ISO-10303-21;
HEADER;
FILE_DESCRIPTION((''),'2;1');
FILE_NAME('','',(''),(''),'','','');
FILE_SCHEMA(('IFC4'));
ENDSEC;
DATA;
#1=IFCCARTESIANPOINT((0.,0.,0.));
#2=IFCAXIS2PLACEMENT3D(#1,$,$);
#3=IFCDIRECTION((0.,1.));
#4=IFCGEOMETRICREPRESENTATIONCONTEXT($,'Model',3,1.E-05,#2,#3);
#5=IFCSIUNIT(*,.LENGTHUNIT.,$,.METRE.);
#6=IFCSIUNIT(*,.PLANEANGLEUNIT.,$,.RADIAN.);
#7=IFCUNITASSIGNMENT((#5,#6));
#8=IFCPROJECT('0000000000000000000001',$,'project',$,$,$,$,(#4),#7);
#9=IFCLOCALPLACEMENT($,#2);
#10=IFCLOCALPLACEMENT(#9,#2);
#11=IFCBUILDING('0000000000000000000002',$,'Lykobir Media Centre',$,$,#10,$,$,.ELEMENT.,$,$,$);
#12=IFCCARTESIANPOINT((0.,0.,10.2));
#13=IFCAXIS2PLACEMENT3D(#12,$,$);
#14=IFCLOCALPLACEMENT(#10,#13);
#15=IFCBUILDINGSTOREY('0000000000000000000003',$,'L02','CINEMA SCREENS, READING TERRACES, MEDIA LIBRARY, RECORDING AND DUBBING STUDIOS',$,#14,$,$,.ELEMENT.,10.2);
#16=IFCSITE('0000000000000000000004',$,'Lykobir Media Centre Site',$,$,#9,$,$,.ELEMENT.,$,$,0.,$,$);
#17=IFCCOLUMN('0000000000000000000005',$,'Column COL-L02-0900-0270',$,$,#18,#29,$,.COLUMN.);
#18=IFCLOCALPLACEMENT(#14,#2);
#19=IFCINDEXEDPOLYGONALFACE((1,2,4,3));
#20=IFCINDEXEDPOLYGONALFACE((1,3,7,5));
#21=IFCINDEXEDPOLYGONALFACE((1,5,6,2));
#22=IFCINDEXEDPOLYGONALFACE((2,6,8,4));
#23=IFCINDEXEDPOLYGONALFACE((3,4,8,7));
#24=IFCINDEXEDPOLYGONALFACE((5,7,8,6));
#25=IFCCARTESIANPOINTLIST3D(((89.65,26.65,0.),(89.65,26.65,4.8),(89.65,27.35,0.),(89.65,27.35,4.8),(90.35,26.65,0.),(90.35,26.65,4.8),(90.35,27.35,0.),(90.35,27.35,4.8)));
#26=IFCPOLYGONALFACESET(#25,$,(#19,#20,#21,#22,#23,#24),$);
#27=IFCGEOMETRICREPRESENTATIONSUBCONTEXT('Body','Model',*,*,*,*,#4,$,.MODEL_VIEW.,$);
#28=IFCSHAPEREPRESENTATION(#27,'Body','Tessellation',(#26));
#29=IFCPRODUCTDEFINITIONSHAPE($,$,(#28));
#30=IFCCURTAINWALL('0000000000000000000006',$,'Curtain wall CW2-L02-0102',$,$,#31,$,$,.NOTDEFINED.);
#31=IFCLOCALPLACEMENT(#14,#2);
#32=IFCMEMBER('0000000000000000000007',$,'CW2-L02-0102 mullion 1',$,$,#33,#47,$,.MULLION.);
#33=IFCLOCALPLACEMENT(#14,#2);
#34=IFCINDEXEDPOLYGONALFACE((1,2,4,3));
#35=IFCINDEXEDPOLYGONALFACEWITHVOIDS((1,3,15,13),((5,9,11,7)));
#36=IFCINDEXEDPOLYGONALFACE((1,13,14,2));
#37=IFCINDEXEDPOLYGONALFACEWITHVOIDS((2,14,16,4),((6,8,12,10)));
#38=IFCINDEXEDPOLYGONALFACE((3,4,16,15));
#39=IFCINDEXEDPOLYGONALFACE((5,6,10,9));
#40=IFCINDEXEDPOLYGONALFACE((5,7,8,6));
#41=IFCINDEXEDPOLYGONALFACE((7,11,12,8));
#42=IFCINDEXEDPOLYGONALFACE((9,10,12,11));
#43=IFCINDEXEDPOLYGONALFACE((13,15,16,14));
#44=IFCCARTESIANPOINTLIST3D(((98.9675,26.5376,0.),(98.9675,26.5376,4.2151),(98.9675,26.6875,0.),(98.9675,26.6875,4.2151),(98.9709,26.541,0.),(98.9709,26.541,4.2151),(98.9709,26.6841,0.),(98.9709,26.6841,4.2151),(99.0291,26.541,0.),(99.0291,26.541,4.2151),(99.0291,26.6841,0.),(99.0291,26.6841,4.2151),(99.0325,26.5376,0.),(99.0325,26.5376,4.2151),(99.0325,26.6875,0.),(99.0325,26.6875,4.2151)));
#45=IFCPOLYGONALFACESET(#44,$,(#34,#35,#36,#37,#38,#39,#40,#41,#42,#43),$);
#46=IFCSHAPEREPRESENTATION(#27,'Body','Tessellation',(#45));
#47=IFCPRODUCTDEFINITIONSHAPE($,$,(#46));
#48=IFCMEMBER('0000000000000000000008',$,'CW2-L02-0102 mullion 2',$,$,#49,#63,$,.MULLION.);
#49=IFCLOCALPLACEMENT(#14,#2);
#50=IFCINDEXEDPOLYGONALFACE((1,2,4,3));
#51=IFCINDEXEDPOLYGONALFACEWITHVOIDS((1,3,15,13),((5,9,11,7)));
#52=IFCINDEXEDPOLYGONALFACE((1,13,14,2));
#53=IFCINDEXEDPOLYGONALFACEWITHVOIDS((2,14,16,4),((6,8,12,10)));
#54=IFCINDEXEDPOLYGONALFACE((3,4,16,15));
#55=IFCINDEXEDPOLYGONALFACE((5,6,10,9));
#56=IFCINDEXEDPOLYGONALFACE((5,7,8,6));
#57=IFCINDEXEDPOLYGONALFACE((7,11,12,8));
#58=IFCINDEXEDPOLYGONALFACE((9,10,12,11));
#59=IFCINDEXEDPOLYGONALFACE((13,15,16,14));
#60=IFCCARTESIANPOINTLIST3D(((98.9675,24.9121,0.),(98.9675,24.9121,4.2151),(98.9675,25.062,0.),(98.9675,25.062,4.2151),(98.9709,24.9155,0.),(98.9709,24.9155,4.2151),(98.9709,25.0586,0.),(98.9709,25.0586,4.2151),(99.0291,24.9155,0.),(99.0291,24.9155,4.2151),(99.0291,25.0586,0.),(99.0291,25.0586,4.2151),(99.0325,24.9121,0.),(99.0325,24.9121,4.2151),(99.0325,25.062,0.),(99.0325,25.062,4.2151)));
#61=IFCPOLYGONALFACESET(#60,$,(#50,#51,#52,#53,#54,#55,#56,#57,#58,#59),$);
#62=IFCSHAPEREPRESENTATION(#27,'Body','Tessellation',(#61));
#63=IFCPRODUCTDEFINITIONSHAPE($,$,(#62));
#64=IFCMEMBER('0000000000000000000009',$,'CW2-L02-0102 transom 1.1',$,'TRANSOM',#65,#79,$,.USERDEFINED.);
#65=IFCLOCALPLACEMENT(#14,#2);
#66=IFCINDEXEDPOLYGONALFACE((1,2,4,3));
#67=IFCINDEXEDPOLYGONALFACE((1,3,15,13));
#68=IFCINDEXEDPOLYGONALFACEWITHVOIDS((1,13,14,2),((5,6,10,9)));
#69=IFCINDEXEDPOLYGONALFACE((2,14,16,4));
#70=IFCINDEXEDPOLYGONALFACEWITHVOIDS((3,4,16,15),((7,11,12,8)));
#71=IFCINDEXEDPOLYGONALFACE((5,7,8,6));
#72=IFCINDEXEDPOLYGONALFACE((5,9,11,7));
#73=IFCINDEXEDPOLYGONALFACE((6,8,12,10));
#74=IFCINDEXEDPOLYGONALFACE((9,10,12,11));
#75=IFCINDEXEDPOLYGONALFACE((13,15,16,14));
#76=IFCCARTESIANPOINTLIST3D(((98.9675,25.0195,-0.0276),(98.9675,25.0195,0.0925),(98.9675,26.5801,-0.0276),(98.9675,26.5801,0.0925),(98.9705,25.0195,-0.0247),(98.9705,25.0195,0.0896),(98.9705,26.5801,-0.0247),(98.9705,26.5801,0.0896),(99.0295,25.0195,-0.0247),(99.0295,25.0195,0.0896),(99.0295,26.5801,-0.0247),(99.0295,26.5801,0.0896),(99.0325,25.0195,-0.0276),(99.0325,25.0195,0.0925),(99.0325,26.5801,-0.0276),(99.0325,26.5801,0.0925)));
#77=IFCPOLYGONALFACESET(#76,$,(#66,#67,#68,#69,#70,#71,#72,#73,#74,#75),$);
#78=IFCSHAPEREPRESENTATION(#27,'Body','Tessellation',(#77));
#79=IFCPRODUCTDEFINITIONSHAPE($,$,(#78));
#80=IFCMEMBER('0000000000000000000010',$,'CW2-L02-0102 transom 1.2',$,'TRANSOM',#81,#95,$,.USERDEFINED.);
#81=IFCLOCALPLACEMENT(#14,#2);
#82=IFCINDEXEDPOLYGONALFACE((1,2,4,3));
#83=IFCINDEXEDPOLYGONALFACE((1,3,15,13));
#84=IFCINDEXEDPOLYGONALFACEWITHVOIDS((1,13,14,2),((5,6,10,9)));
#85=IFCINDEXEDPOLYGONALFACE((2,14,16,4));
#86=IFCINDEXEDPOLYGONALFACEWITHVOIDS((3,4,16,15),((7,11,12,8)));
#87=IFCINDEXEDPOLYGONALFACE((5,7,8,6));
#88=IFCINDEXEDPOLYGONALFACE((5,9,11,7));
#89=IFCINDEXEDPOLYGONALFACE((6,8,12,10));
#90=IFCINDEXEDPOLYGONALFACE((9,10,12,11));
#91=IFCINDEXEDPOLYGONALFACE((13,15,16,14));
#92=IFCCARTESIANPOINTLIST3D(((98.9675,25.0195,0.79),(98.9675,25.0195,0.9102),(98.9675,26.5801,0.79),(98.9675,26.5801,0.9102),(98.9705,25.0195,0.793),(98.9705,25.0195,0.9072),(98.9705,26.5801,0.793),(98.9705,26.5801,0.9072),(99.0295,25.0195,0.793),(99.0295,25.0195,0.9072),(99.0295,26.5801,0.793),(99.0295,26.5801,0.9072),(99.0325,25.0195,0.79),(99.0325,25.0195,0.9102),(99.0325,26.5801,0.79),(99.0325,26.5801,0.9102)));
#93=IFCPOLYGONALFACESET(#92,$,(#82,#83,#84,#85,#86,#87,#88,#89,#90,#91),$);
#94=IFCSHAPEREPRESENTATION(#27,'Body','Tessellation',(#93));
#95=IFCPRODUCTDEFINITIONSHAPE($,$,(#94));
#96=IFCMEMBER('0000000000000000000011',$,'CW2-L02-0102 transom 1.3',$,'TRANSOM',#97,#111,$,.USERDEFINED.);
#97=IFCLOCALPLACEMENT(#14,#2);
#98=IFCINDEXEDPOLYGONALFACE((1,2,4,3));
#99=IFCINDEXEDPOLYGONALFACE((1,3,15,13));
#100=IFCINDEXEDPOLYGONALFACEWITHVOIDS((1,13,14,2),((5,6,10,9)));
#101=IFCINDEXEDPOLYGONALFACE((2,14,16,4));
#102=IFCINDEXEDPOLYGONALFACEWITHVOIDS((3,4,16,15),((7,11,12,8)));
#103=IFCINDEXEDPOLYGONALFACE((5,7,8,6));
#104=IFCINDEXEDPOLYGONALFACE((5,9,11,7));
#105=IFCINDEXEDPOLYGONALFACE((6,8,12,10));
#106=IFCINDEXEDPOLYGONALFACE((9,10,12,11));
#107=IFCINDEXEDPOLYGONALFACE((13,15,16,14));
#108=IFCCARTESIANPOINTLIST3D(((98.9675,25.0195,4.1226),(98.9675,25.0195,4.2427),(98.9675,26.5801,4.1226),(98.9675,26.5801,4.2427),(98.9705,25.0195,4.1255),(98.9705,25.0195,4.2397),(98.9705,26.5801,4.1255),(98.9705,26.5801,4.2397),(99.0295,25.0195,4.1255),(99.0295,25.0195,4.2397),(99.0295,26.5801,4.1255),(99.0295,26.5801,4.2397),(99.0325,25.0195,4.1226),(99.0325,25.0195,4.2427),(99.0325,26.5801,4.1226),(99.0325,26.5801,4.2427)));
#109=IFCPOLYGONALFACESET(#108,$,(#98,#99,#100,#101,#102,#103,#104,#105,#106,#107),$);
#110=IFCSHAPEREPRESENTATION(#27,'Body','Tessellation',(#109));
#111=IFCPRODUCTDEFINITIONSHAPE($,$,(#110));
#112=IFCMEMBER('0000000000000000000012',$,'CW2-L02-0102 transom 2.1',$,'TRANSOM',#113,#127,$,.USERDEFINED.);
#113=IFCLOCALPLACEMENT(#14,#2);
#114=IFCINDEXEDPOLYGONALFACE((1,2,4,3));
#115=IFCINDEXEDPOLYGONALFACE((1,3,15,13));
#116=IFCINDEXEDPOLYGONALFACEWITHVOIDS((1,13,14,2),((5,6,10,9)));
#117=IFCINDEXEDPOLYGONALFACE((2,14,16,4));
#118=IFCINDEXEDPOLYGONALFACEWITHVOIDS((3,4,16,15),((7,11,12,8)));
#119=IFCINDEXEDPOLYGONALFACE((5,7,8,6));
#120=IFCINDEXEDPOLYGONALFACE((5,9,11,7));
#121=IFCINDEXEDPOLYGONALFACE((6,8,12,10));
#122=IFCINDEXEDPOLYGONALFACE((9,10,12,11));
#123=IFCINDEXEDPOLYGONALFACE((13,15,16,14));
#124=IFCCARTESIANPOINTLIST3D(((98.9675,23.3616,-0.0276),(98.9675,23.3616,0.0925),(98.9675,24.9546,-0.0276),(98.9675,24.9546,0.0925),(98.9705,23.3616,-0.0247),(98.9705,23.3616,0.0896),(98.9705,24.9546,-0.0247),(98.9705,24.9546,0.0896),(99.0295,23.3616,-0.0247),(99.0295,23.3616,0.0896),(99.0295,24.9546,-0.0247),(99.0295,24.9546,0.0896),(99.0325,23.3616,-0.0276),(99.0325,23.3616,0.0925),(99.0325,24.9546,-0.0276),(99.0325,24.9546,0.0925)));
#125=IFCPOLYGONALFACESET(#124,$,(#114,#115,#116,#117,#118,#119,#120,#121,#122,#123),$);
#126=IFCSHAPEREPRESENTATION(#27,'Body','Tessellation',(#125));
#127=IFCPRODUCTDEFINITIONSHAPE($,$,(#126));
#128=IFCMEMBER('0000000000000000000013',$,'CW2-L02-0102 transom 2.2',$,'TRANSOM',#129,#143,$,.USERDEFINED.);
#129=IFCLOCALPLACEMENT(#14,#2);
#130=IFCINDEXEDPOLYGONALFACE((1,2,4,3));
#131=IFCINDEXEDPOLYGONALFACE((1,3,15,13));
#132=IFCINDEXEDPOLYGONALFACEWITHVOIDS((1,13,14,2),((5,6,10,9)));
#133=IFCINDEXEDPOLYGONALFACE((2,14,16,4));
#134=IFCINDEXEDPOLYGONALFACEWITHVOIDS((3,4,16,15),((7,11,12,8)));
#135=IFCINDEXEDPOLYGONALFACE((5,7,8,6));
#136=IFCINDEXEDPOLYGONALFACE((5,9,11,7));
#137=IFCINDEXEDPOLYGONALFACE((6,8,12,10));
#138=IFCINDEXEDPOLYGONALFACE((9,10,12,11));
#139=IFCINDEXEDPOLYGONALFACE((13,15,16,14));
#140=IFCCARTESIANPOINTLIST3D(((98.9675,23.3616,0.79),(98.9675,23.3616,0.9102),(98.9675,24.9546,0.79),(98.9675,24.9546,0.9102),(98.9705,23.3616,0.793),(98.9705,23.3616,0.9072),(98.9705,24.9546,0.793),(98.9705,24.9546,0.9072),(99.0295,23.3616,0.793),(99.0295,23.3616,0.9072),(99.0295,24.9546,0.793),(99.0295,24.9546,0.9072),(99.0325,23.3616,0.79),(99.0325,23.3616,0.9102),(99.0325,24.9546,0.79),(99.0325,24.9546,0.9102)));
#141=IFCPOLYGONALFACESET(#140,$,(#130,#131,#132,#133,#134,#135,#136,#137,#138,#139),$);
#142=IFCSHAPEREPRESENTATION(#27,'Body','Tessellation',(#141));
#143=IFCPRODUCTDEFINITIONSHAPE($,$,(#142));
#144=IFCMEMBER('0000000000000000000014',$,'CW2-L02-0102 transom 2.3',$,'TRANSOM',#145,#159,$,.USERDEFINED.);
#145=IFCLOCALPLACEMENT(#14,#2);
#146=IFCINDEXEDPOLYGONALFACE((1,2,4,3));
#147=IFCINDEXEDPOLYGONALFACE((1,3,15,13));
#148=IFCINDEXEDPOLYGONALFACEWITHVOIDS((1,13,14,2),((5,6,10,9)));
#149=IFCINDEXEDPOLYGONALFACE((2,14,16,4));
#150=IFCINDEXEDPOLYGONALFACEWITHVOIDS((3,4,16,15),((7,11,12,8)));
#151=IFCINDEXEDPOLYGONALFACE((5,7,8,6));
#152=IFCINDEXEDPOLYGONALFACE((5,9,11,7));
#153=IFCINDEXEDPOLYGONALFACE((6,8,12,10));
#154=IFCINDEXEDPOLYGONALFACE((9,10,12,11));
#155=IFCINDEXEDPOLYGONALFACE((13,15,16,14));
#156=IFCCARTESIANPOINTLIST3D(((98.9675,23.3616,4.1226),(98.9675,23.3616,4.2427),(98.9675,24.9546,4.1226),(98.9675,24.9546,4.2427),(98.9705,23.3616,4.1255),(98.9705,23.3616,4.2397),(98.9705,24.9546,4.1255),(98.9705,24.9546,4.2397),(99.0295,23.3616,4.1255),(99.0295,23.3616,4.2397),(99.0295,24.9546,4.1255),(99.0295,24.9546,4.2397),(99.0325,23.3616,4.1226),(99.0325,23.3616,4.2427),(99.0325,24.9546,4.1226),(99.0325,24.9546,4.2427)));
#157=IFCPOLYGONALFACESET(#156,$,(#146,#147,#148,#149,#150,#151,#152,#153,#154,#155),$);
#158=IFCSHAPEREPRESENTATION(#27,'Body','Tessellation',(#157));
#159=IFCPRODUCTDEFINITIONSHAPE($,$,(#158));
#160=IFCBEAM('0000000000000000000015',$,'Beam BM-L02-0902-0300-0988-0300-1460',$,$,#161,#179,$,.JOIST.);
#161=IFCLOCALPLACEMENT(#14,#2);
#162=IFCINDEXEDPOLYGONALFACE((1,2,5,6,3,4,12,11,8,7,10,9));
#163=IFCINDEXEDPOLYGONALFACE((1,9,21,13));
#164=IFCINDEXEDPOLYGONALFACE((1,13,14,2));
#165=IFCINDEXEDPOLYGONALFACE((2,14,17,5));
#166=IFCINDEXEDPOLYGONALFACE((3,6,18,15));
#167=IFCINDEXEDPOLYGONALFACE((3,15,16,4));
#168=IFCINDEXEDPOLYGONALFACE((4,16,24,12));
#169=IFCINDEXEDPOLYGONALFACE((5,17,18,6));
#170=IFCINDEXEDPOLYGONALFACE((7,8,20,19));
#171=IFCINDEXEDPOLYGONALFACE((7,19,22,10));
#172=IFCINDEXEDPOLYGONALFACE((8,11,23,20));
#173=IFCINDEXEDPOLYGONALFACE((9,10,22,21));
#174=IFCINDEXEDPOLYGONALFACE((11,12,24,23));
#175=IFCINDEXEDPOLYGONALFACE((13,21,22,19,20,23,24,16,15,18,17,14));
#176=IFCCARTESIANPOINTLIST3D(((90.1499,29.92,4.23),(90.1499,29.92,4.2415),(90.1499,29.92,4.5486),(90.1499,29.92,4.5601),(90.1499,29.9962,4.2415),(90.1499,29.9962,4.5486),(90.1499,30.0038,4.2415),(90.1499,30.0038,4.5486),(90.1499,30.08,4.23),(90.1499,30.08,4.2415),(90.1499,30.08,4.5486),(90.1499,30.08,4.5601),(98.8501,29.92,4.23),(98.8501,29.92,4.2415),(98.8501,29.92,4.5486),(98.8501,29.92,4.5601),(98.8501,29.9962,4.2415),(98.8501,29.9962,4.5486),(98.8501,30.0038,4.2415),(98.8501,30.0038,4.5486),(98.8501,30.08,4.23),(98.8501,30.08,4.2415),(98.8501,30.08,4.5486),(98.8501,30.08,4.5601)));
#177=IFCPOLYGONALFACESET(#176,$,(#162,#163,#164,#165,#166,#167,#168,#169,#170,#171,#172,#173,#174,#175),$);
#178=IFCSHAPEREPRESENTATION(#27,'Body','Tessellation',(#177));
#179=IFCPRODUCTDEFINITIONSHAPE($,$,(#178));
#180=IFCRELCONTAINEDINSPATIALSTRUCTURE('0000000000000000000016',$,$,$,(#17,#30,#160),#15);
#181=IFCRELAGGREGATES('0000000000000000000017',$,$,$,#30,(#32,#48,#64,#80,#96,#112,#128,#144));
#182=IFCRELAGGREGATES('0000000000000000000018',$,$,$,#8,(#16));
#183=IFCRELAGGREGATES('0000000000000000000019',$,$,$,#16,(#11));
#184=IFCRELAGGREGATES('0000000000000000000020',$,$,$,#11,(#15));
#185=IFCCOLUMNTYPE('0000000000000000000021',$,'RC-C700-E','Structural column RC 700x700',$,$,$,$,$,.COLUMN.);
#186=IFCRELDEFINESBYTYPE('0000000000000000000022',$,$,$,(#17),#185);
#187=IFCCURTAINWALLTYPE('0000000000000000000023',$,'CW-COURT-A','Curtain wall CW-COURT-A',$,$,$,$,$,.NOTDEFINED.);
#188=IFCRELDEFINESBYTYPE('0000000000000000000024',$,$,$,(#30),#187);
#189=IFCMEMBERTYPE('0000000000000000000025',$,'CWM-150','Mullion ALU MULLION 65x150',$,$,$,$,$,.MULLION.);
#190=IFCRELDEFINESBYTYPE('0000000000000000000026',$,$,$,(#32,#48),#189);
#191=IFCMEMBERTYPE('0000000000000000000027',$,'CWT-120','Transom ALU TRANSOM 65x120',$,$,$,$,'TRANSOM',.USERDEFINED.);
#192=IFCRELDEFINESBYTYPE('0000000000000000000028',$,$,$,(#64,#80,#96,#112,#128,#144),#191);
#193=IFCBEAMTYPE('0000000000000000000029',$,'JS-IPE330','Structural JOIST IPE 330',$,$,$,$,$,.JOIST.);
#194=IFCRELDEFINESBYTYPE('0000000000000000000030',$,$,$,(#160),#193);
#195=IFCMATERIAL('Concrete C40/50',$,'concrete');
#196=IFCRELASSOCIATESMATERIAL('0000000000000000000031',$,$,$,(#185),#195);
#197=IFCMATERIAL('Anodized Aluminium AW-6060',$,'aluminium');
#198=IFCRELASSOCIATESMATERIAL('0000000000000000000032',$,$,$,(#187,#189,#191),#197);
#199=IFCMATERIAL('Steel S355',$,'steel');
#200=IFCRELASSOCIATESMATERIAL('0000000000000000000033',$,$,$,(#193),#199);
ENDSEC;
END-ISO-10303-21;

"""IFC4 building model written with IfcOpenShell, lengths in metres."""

from ifc_helpers import new_model, si_unit, direction, frame, origin, origin_2d, place, context, subcontext, project, spatial, rectangle, hollow_rectangle, i_section, extrude, material, material_profile, profile_set, type_object, element, aggregate, save


model = new_model("IFC4")

# Units and contexts
model_context = context("Model", 3, precision=1e-05, world=origin(), true_north=direction((0.0, 1.0)))
body_context = subcontext(model_context, "Body", "Model", "MODEL_VIEW")
ifc_project = project(units=[si_unit("LENGTHUNIT", "METRE"), si_unit("PLANEANGLEUNIT", "RADIAN")], contexts=[model_context])

# Site, building, storey
site_placement = place(None, origin())
site = spatial("IfcSite", under=ifc_project, at=site_placement, Name="Lykobir Media Centre Site", CompositionType="ELEMENT", RefElevation=0.0)
building_placement = place(site_placement, origin())
building = spatial("IfcBuilding", under=site, at=building_placement, Name="Lykobir Media Centre", CompositionType="ELEMENT")
storey_placement = place(building_placement, frame((0.0, 0.0, 10.2)))
storey = spatial("IfcBuildingStorey", under=building, at=storey_placement, Name="L02", Description="CINEMA SCREENS, READING TERRACES, MEDIA LIBRARY, RECORDING AND DUBBING STUDIOS", CompositionType="ELEMENT", Elevation=10.2)

# Column
ifc_material_1 = material(Name="Concrete C40/50", Category="concrete")
ifc_material_profile_1 = material_profile(ifc_material_1, rectangle(XDim=0.7, YDim=0.7, at=origin_2d()), Name="RC 700x700")
ifc_profile_set_1 = profile_set([ifc_material_profile_1], Name="Concrete C40/50")
column_type = type_object("IfcColumnType", Name="RC-C700-E", Description="Structural column RC 700x700", PredefinedType="COLUMN", material=ifc_profile_set_1)
column_placement = place(storey_placement, frame((90.0, 27.0, 0.0), z_axis=(0.0, 0.0, 1.0), x_axis=(1.0, 0.0, 0.0)))
element("IfcColumn", 1, at=column_placement, inside=storey, type_object=column_type, Name="Column COL-L02-0900-0270", PredefinedType="COLUMN", context=body_context, shape_type="SweptSolid", body=[
    extrude(rectangle(XDim=0.7, YDim=0.7, at=origin_2d()), origin(), (0.0, 0.0, 1.0), 4.8),
])

# Curtain wall, members
ifc_material_2 = material(Name="Anodized Aluminium AW-6060", Category="aluminium")
curtain_wall_type = type_object("IfcCurtainWallType", Name="CW-COURT-A", Description="Curtain wall CW-COURT-A", PredefinedType="NOTDEFINED", material=ifc_material_2)
curtain_wall_placement = place(storey_placement, origin())
curtain_wall = element("IfcCurtainWall", 2, at=curtain_wall_placement, inside=storey, type_object=curtain_wall_type, Name="Curtain wall CW2-L02-0102", PredefinedType="NOTDEFINED")
ifc_material_profile_2 = material_profile(ifc_material_2, hollow_rectangle(XDim=0.0649, YDim=0.1499, WallThickness=0.0034, at=origin_2d()), Name="ALU MULLION 65x150")
ifc_profile_set_2 = profile_set([ifc_material_profile_2], Name="Anodized Aluminium AW-6060")
member_type_1 = type_object("IfcMemberType", Name="CWM-150", Description="Mullion ALU MULLION 65x150", PredefinedType="MULLION", material=ifc_profile_set_2)
member_1_placement = place(storey_placement, frame((99.0, 26.6125, 0.0), z_axis=(0.0, 0.0, 1.0), x_axis=(1.0, 0.0, 0.0)))
member_1 = element("IfcMember", 3, at=member_1_placement, type_object=member_type_1, Name="CW2-L02-0102 mullion 1", PredefinedType="MULLION", context=body_context, shape_type="SweptSolid", body=[
    extrude(hollow_rectangle(XDim=0.0649, YDim=0.1499, WallThickness=0.0034, at=origin_2d()), origin(), (0.0, 0.0, 1.0), 4.2151),
])
member_2_placement = place(storey_placement, frame((99.0, 24.9871, 0.0), z_axis=(0.0, 0.0, 1.0), x_axis=(1.0, 0.0, 0.0)))
member_2 = element("IfcMember", 4, at=member_2_placement, type_object=member_type_1, Name="CW2-L02-0102 mullion 2", PredefinedType="MULLION", context=body_context, shape_type="SweptSolid", body=[
    extrude(hollow_rectangle(XDim=0.0649, YDim=0.1499, WallThickness=0.0034, at=origin_2d()), origin(), (0.0, 0.0, 1.0), 4.2151),
])
ifc_material_profile_3 = material_profile(ifc_material_2, hollow_rectangle(XDim=0.0649, YDim=0.1201, WallThickness=0.0029, at=origin_2d()), Name="ALU TRANSOM 65x120")
ifc_profile_set_3 = profile_set([ifc_material_profile_3], Name="Anodized Aluminium AW-6060")
member_type_2 = type_object("IfcMemberType", Name="CWT-120", Description="Transom ALU TRANSOM 65x120", ElementType="TRANSOM", PredefinedType="USERDEFINED", material=ifc_profile_set_3)
member_3_placement = place(storey_placement, frame((99.0, 26.5801, 0.0325), z_axis=(0.0, -1.0, 0.0), x_axis=(1.0, 0.0, 0.0)))
member_3 = element("IfcMember", 5, at=member_3_placement, type_object=member_type_2, Name="CW2-L02-0102 transom 1.1", ObjectType="TRANSOM", PredefinedType="USERDEFINED", context=body_context, shape_type="SweptSolid", body=[
    extrude(hollow_rectangle(XDim=0.0649, YDim=0.1201, WallThickness=0.0029, at=origin_2d()), origin(), (0.0, 0.0, 1.0), 1.5605),
])
member_4_placement = place(storey_placement, frame((99.0, 26.5801, 0.8501), z_axis=(0.0, -1.0, 0.0), x_axis=(1.0, 0.0, 0.0)))
member_4 = element("IfcMember", 6, at=member_4_placement, type_object=member_type_2, Name="CW2-L02-0102 transom 1.2", ObjectType="TRANSOM", PredefinedType="USERDEFINED", context=body_context, shape_type="SweptSolid", body=[
    extrude(hollow_rectangle(XDim=0.0649, YDim=0.1201, WallThickness=0.0029, at=origin_2d()), origin(), (0.0, 0.0, 1.0), 1.5605),
])
member_5_placement = place(storey_placement, frame((99.0, 26.5801, 4.1826), z_axis=(0.0, -1.0, 0.0), x_axis=(1.0, 0.0, 0.0)))
member_5 = element("IfcMember", 7, at=member_5_placement, type_object=member_type_2, Name="CW2-L02-0102 transom 1.3", ObjectType="TRANSOM", PredefinedType="USERDEFINED", context=body_context, shape_type="SweptSolid", body=[
    extrude(hollow_rectangle(XDim=0.0649, YDim=0.1201, WallThickness=0.0029, at=origin_2d()), origin(), (0.0, 0.0, 1.0), 1.5605),
])
member_6_placement = place(storey_placement, frame((99.0, 24.9546, 0.0325), z_axis=(0.0, -1.0, 0.0), x_axis=(1.0, 0.0, 0.0)))
member_6 = element("IfcMember", 8, at=member_6_placement, type_object=member_type_2, Name="CW2-L02-0102 transom 2.1", ObjectType="TRANSOM", PredefinedType="USERDEFINED", context=body_context, shape_type="SweptSolid", body=[
    extrude(hollow_rectangle(XDim=0.0649, YDim=0.1201, WallThickness=0.0029, at=origin_2d()), origin(), (0.0, 0.0, 1.0), 1.593),
])
member_7_placement = place(storey_placement, frame((99.0, 24.9546, 0.8501), z_axis=(0.0, -1.0, 0.0), x_axis=(1.0, 0.0, 0.0)))
member_7 = element("IfcMember", 9, at=member_7_placement, type_object=member_type_2, Name="CW2-L02-0102 transom 2.2", ObjectType="TRANSOM", PredefinedType="USERDEFINED", context=body_context, shape_type="SweptSolid", body=[
    extrude(hollow_rectangle(XDim=0.0649, YDim=0.1201, WallThickness=0.0029, at=origin_2d()), origin(), (0.0, 0.0, 1.0), 1.593),
])
member_8_placement = place(storey_placement, frame((99.0, 24.9546, 4.1826), z_axis=(0.0, -1.0, 0.0), x_axis=(1.0, 0.0, 0.0)))
member_8 = element("IfcMember", 10, at=member_8_placement, type_object=member_type_2, Name="CW2-L02-0102 transom 2.3", ObjectType="TRANSOM", PredefinedType="USERDEFINED", context=body_context, shape_type="SweptSolid", body=[
    extrude(hollow_rectangle(XDim=0.0649, YDim=0.1201, WallThickness=0.0029, at=origin_2d()), origin(), (0.0, 0.0, 1.0), 1.593),
])

# Beam
ifc_material_3 = material(Name="Steel S355", Category="steel")
ifc_material_profile_4 = material_profile(ifc_material_3, i_section(OverallWidth=0.1599, OverallDepth=0.3301, WebThickness=0.0076, FlangeThickness=0.0115, at=origin_2d()), Name="IPE 330")
ifc_profile_set_4 = profile_set([ifc_material_profile_4], Name="Steel S355")
beam_type_1 = type_object("IfcBeamType", Name="JS-IPE330", Description="Structural JOIST IPE 330", PredefinedType="JOIST", material=ifc_profile_set_4)
for number, where, z_axis, x_axis, name in (
    (11, (90.1499, 30.0, 4.395), (1.0, 0.0, 0.0), (0.0, 1.0, 0.0), "Beam BM-L02-0902-0300-0988-0300-1460"),
):
    element("IfcBeam", number, at=place(storey_placement, frame(where, z_axis=z_axis, x_axis=x_axis)), inside=storey, type_object=beam_type_1, Name=name, PredefinedType="JOIST", context=body_context, shape_type="SweptSolid", body=[
        extrude(i_section(OverallWidth=0.1599, OverallDepth=0.3301, WebThickness=0.0076, FlangeThickness=0.0115, at=origin_2d()), origin(), (0.0, 0.0, 1.0), 8.7002),
    ])

aggregate(curtain_wall, [member_1, member_2, member_3, member_4, member_5, member_6, member_7, member_8])

save(model, "model.ifc")
